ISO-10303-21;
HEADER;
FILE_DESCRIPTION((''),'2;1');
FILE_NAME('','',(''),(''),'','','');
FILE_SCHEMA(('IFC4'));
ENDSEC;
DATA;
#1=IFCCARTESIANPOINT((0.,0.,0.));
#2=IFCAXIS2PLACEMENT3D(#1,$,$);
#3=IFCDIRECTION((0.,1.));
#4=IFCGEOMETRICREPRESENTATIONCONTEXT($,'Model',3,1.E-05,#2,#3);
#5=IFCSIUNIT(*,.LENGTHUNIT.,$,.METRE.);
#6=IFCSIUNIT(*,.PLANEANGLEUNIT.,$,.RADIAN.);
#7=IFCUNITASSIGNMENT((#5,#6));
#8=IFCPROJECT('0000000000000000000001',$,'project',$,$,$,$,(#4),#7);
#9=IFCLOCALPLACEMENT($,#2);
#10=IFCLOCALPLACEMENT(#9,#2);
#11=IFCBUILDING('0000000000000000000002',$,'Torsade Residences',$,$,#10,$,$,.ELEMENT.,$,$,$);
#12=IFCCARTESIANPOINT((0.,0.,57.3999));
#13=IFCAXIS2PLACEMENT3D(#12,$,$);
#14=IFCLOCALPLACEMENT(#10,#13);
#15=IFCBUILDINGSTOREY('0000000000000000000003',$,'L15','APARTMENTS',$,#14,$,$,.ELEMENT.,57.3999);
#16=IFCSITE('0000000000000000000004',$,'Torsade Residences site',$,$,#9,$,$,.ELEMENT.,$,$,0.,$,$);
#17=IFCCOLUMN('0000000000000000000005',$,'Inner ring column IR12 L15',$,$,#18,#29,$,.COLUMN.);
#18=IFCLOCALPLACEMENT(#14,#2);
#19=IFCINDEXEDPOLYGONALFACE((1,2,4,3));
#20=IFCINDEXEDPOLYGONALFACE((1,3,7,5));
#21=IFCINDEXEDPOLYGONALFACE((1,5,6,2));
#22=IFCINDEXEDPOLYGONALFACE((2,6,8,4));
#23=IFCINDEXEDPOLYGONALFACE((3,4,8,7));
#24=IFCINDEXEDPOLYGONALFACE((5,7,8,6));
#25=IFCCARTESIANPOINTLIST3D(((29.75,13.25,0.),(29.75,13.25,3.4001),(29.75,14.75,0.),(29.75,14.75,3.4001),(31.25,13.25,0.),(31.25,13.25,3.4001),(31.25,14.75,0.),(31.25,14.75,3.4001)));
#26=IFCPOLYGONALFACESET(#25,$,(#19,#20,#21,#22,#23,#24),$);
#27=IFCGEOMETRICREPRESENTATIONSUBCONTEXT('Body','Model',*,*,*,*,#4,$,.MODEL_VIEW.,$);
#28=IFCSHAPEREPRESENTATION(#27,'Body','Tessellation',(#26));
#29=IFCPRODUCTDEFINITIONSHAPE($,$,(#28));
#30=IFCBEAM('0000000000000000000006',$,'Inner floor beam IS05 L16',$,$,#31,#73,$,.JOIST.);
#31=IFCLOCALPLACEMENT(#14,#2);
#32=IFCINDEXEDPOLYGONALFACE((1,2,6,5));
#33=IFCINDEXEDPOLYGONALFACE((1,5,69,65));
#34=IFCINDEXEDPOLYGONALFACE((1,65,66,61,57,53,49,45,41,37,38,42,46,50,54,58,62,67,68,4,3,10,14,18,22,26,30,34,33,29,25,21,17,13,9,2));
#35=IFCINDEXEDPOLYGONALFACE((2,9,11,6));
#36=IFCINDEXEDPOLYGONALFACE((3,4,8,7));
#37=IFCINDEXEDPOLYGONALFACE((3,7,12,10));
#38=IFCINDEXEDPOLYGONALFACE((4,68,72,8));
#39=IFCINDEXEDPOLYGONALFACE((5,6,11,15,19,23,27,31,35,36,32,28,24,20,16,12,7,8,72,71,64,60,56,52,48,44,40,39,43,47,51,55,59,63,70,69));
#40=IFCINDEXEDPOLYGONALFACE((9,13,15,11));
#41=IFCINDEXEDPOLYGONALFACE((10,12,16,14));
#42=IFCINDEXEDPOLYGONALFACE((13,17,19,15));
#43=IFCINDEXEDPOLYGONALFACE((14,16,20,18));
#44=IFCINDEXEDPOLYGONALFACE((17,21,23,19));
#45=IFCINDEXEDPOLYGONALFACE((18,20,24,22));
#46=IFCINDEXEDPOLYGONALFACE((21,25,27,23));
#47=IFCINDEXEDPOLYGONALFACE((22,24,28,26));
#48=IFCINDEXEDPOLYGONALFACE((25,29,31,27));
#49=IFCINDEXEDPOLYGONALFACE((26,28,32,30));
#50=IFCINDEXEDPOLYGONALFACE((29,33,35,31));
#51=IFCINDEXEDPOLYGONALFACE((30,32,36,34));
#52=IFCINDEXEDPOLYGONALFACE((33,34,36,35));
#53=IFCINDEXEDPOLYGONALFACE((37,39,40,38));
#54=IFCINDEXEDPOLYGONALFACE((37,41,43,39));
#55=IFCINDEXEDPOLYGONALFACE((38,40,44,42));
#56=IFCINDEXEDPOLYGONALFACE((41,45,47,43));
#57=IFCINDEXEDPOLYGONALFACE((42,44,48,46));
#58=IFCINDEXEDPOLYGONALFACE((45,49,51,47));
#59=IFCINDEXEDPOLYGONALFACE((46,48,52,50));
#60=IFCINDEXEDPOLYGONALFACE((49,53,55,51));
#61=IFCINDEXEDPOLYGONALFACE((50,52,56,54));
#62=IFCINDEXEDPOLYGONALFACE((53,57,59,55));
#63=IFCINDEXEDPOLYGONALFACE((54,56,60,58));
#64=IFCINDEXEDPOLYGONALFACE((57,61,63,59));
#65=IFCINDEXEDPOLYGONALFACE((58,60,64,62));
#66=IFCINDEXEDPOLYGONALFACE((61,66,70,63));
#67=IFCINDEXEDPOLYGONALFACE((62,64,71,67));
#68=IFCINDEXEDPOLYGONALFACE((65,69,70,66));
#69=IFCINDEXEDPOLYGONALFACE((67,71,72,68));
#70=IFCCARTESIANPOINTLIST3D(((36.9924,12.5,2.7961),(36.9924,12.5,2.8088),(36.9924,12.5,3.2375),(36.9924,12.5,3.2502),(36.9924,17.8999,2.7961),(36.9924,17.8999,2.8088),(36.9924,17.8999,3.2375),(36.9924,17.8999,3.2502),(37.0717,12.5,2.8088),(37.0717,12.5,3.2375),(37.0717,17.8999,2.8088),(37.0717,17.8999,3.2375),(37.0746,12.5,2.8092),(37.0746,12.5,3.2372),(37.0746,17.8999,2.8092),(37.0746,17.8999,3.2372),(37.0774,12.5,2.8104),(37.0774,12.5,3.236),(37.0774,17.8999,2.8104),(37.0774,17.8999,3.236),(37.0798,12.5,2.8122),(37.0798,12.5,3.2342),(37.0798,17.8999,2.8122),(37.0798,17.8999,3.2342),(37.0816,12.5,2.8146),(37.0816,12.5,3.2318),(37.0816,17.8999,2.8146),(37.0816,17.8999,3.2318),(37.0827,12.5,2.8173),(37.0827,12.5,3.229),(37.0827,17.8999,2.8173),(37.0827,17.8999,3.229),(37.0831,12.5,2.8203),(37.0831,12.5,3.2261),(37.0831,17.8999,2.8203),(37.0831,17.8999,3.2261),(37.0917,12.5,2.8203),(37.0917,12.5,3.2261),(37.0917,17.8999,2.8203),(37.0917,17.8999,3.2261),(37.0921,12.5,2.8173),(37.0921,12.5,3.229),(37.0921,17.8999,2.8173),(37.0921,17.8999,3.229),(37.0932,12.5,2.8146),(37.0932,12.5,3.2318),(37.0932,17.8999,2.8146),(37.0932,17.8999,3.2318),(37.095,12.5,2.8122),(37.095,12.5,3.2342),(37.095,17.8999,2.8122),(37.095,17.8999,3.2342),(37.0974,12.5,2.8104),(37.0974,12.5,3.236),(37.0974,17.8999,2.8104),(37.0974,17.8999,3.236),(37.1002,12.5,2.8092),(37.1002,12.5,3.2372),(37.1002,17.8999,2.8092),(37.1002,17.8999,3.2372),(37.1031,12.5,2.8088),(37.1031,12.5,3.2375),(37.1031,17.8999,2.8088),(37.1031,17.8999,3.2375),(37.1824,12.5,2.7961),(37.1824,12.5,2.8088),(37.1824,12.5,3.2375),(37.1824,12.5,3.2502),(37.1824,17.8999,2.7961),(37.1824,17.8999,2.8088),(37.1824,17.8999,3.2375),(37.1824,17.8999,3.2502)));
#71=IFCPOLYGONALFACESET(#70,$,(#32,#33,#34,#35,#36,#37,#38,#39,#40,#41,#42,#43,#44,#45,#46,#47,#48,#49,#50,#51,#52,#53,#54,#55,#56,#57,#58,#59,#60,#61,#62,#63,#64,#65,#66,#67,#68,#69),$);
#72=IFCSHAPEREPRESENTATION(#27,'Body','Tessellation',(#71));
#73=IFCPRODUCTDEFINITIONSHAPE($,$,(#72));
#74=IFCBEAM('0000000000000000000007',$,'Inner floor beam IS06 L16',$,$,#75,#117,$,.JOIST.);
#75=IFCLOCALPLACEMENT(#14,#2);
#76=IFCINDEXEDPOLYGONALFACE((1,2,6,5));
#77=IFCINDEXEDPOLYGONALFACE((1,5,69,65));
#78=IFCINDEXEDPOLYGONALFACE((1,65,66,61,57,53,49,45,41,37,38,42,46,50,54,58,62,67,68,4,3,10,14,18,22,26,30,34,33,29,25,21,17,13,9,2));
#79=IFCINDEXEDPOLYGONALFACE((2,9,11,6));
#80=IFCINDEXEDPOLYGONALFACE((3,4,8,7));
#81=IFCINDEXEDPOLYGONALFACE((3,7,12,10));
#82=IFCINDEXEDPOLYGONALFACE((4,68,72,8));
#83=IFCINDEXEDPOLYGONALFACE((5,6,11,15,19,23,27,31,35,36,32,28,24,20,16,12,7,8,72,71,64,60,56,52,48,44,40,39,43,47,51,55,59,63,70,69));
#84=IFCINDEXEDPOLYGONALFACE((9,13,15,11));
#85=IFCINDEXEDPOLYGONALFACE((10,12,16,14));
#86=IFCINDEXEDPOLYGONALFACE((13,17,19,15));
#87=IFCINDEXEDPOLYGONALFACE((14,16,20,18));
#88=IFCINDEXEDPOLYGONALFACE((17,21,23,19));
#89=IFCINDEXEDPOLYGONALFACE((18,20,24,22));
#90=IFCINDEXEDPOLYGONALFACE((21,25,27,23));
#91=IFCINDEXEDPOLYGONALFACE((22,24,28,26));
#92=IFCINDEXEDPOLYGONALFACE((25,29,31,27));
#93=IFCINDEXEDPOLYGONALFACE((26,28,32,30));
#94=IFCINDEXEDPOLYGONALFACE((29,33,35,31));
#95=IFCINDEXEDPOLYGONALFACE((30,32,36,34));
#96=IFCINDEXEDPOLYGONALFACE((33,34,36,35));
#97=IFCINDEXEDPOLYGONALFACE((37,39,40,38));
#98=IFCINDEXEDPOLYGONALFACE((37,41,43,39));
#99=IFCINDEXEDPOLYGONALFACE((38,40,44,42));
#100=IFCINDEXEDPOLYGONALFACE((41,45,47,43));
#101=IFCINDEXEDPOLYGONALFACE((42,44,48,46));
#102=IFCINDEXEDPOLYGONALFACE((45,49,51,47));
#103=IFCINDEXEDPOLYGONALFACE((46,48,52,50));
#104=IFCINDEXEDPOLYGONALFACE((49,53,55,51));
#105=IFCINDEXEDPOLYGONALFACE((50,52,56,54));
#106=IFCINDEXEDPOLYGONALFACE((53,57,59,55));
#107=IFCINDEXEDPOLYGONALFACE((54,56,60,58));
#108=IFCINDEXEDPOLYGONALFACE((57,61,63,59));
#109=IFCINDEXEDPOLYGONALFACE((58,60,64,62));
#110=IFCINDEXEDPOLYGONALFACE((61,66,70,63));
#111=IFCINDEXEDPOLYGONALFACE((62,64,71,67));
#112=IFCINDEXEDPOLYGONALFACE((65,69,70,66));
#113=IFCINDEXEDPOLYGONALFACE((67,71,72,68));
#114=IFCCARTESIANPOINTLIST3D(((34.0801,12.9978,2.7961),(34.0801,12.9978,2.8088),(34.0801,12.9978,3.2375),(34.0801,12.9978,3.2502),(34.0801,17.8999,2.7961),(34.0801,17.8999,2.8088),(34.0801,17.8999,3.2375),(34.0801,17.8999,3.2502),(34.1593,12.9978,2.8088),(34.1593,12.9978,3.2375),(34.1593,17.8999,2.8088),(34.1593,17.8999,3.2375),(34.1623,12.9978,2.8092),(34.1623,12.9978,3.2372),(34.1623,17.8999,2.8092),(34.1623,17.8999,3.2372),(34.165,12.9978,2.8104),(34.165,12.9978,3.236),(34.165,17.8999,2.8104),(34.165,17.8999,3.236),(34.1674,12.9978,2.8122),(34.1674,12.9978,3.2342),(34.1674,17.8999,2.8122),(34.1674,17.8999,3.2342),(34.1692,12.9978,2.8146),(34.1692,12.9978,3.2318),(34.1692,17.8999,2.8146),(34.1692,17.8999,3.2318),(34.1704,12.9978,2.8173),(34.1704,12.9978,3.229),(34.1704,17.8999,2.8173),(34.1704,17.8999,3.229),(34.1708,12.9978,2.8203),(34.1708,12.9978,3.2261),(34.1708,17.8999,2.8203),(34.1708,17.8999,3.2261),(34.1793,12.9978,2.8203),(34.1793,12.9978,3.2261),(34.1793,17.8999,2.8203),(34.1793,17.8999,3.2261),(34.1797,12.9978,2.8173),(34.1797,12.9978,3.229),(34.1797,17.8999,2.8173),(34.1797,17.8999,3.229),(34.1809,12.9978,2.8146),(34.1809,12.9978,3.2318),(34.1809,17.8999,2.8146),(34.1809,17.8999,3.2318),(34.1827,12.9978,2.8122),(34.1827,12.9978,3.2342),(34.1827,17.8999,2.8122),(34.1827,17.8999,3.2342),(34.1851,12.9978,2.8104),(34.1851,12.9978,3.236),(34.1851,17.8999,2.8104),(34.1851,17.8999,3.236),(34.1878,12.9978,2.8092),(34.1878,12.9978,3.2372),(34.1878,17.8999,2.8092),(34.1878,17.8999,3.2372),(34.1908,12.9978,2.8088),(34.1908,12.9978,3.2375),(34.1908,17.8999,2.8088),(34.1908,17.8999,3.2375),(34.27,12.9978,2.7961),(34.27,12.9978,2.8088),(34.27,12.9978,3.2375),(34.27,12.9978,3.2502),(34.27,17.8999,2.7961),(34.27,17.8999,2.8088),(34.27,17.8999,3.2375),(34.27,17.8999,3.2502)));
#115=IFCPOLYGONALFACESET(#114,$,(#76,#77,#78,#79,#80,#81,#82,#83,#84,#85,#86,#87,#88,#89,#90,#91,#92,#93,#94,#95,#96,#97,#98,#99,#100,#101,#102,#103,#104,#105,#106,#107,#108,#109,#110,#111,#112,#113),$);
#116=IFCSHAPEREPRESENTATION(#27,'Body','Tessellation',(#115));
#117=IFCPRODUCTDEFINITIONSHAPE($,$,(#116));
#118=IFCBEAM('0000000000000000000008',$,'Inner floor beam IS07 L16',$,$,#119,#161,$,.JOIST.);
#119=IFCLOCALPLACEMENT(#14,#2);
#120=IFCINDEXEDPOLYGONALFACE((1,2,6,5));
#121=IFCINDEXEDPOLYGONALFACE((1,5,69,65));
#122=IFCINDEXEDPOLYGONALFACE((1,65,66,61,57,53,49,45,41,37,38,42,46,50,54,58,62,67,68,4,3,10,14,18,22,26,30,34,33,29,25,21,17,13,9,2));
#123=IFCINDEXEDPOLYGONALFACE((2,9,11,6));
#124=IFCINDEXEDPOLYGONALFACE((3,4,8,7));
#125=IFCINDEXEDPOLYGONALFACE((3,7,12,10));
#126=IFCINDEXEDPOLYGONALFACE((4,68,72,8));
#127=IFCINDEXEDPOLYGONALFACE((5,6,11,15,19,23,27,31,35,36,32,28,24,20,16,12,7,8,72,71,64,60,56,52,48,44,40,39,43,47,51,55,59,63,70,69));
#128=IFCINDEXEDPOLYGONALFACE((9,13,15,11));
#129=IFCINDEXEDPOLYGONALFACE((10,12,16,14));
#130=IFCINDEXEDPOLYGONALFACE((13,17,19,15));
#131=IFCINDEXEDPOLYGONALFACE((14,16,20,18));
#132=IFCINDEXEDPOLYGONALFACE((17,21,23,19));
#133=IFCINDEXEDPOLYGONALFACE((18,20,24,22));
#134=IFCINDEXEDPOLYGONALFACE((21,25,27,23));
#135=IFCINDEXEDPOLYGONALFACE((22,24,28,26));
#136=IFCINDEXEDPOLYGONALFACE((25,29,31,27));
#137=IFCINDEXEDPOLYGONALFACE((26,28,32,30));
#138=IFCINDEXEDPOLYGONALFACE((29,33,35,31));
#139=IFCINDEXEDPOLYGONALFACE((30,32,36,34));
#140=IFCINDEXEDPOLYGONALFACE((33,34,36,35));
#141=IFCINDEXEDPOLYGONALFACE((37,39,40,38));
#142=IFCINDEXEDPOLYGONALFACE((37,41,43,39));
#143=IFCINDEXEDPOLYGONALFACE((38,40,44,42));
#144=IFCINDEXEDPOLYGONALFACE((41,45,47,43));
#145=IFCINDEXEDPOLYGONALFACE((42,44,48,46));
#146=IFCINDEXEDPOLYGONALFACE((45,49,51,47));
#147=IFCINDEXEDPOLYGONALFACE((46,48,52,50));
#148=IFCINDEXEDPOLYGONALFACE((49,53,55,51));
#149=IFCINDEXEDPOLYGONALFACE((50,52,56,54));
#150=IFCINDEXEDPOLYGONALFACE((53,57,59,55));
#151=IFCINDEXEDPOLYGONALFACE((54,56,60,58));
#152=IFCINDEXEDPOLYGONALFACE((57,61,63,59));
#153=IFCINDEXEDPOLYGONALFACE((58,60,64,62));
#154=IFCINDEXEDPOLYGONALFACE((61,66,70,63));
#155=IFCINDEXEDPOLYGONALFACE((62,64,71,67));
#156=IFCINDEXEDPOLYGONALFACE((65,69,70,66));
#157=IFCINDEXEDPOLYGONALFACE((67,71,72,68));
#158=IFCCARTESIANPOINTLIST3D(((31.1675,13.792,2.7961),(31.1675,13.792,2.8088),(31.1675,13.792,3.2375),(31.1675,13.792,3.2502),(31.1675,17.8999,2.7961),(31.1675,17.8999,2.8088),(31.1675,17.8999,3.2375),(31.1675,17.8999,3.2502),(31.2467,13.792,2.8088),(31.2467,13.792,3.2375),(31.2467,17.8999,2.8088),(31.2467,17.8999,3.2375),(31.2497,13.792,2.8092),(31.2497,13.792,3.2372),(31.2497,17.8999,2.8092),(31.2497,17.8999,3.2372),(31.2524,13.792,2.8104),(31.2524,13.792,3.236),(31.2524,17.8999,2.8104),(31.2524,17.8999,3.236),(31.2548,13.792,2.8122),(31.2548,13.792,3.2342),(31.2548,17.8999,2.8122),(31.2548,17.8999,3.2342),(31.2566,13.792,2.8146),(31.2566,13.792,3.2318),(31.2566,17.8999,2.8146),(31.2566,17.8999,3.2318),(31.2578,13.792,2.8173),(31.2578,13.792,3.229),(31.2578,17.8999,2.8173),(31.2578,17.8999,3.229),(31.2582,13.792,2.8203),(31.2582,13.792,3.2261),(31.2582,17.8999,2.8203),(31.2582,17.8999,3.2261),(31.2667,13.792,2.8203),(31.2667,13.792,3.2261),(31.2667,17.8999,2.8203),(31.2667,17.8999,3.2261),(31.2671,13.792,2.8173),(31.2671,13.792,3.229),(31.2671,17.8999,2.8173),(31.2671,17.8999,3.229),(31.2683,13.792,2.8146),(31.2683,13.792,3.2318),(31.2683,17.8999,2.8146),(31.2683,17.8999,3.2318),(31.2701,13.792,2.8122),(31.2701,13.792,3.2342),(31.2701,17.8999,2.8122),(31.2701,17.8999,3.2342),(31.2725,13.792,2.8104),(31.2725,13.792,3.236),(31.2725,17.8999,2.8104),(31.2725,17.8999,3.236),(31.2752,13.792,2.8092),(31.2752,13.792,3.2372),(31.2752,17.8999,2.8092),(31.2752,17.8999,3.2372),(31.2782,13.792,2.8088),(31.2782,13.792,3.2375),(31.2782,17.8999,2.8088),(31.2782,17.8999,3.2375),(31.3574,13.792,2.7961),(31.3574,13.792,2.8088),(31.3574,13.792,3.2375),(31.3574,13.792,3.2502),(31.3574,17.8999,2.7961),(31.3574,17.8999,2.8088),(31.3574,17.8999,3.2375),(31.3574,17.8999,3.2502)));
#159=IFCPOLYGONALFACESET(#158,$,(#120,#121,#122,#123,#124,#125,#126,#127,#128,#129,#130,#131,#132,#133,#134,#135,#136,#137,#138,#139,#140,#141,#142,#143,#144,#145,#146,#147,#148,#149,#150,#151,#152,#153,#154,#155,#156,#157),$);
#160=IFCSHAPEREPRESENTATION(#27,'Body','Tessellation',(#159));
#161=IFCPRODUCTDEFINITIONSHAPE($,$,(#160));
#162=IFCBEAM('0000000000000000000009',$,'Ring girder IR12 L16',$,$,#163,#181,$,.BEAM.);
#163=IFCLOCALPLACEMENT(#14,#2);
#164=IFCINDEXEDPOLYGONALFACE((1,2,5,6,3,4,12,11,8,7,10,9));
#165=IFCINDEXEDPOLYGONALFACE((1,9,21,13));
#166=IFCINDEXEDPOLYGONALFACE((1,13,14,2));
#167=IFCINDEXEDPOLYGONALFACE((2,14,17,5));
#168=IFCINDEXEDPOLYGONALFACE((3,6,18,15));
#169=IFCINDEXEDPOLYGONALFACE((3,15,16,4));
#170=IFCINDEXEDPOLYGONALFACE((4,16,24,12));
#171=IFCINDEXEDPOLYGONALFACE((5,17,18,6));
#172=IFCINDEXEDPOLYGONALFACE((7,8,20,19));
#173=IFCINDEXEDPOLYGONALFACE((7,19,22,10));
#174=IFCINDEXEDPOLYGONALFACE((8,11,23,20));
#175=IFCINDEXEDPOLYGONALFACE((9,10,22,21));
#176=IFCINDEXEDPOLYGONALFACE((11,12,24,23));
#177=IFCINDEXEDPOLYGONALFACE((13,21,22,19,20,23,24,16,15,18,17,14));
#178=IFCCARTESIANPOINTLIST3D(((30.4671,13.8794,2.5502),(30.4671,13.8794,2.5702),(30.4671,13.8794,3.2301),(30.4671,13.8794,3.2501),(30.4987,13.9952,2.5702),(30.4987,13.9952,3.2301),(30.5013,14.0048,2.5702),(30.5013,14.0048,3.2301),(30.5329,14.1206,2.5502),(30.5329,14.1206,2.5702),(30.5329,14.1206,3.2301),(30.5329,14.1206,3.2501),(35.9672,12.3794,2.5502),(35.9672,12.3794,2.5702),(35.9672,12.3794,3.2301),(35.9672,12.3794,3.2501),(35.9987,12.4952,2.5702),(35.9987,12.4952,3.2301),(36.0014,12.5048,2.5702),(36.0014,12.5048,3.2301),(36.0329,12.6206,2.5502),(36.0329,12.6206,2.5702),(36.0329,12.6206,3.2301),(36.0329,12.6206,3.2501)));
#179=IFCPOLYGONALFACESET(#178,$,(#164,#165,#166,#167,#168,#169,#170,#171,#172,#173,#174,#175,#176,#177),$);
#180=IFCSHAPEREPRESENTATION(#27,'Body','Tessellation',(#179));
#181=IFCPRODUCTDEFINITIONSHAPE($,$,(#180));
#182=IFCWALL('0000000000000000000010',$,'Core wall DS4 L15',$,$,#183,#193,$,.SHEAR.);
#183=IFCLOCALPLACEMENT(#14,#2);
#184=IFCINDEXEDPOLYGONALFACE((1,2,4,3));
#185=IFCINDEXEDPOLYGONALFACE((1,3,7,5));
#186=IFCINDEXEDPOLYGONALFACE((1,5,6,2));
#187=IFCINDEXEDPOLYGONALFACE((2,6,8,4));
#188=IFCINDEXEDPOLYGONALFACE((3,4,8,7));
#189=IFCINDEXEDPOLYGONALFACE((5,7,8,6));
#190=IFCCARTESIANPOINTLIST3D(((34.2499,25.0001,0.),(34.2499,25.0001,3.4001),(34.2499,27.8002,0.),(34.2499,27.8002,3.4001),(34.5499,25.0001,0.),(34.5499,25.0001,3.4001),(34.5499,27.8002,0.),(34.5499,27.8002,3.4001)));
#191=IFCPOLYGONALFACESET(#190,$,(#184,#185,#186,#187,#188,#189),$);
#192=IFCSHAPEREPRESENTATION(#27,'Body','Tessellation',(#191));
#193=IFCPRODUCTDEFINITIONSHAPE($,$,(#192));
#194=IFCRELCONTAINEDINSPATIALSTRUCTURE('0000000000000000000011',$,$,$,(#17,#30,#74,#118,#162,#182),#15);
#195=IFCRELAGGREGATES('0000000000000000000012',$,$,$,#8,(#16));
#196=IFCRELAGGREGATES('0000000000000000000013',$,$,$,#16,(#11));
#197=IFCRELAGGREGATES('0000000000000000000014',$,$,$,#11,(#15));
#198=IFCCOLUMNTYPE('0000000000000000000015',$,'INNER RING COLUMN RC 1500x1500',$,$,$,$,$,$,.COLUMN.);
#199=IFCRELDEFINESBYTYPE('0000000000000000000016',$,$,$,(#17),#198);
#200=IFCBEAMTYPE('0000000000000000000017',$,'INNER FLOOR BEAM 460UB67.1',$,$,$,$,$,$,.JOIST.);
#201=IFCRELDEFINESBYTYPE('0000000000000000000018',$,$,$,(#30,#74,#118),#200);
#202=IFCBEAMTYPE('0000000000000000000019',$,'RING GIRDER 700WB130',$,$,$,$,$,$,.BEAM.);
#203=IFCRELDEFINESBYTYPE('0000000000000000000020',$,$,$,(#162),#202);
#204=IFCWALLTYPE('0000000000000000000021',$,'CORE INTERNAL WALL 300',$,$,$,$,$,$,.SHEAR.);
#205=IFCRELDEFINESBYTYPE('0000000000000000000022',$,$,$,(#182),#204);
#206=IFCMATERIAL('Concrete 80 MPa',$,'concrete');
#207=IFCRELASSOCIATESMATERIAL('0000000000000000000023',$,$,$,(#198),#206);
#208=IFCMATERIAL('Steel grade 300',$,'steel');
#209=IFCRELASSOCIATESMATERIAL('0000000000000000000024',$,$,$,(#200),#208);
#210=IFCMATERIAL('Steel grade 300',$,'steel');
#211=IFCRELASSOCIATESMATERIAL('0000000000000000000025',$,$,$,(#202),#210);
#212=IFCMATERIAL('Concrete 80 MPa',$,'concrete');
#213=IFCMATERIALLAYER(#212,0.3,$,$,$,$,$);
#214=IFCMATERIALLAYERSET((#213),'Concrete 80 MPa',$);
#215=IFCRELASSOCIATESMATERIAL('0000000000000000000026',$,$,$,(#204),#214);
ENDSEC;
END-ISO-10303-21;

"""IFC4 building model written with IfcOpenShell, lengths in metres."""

from ifc_helpers import new_model, si_unit, direction, frame, frame_2d, origin, origin_2d, place, context, subcontext, project, spatial, rectangle, i_section, extrude, material, layer, layer_set, material_profile, profile_set, type_object, element, save


model = new_model("IFC4")

# Units and contexts
model_context = context("Model", 3, precision=1e-05, world=origin(), true_north=direction((0.0, 1.0)))
body_context = subcontext(model_context, "Body", "Model", "MODEL_VIEW")
ifc_project = project(units=[si_unit("LENGTHUNIT", "METRE"), si_unit("PLANEANGLEUNIT", "RADIAN")], contexts=[model_context])

# Site, building, storey
site_placement = place(None, origin())
site = spatial("IfcSite", under=ifc_project, at=site_placement, Name="Torsade Residences site", CompositionType="ELEMENT", RefElevation=0.0)
building_placement = place(site_placement, origin())
building = spatial("IfcBuilding", under=site, at=building_placement, Name="Torsade Residences", CompositionType="ELEMENT")
storey_placement = place(building_placement, frame((0.0, 0.0, 57.3999)))
storey = spatial("IfcBuildingStorey", under=building, at=storey_placement, Name="L15", Description="APARTMENTS", CompositionType="ELEMENT", Elevation=57.3999)

# Column
ifc_material_1 = material(Name="Concrete 80 MPa", Category="concrete")
ifc_material_profile_1 = material_profile(ifc_material_1, rectangle(XDim=1.5, YDim=1.5, at=origin_2d()), Name="RC 1500x1500")
ifc_profile_set_1 = profile_set([ifc_material_profile_1], Name="Concrete 80 MPa")
column_type = type_object("IfcColumnType", Name="INNER RING COLUMN RC 1500x1500", PredefinedType="COLUMN", material=ifc_profile_set_1)
column_placement = place(storey_placement, frame((30.5, 14.0, 0.0), z_axis=(0.0, 0.0, 1.0), x_axis=(1.0, 0.0, 0.0)))
element("IfcColumn", 1, at=column_placement, inside=storey, type_object=column_type, Name="Inner ring column IR12 L15", PredefinedType="COLUMN", context=body_context, shape_type="SweptSolid", body=[
    extrude(rectangle(XDim=1.5, YDim=1.5, at=origin_2d()), origin(), (0.0, 0.0, 1.0), 3.4001),
])

# Beams
ifc_material_2 = material(Name="Steel grade 300", Category="steel")
ifc_material_profile_2 = material_profile(ifc_material_2, i_section(OverallWidth=0.1899, OverallDepth=0.4541, WebThickness=0.0085, FlangeThickness=0.0127, FilletRadius=0.0115, at=origin_2d()), Name="460UB67.1")
ifc_profile_set_2 = profile_set([ifc_material_profile_2], Name="Steel grade 300")
beam_type_1 = type_object("IfcBeamType", Name="INNER FLOOR BEAM 460UB67.1", PredefinedType="JOIST", material=ifc_profile_set_2)
beam_1_placement = place(storey_placement, frame((37.0874, 17.8999, 3.0232), z_axis=(0.0, -1.0, 0.0), x_axis=(1.0, 0.0, 0.0)))
element("IfcBeam", 2, at=beam_1_placement, inside=storey, type_object=beam_type_1, Name="Inner floor beam IS05 L16", PredefinedType="JOIST", context=body_context, shape_type="SweptSolid", body=[
    extrude(i_section(OverallWidth=0.1899, OverallDepth=0.4541, WebThickness=0.0085, FlangeThickness=0.0127, FilletRadius=0.0115, at=origin_2d()), origin(), (0.0, 0.0, 1.0), 5.3999),
])
beam_2_placement = place(storey_placement, frame((34.175, 17.8999, 3.0232), z_axis=(0.0, -1.0, 0.0), x_axis=(1.0, 0.0, 0.0)))
element("IfcBeam", 3, at=beam_2_placement, inside=storey, type_object=beam_type_1, Name="Inner floor beam IS06 L16", PredefinedType="JOIST", context=body_context, shape_type="SweptSolid", body=[
    extrude(i_section(OverallWidth=0.1899, OverallDepth=0.4541, WebThickness=0.0085, FlangeThickness=0.0127, FilletRadius=0.0115, at=origin_2d()), origin(), (0.0, 0.0, 1.0), 4.9021),
])
beam_3_placement = place(storey_placement, frame((31.2625, 17.8999, 3.0232), z_axis=(0.0, -1.0, 0.0), x_axis=(1.0, 0.0, 0.0)))
element("IfcBeam", 4, at=beam_3_placement, inside=storey, type_object=beam_type_1, Name="Inner floor beam IS07 L16", PredefinedType="JOIST", context=body_context, shape_type="SweptSolid", body=[
    extrude(i_section(OverallWidth=0.1899, OverallDepth=0.4541, WebThickness=0.0085, FlangeThickness=0.0127, FilletRadius=0.0115, at=origin_2d()), origin(), (0.0, 0.0, 1.0), 4.1079),
])
ifc_material_3 = material(Name="Steel grade 300", Category="steel")
ifc_material_profile_3 = material_profile(ifc_material_3, i_section(OverallWidth=0.25, OverallDepth=0.7, WebThickness=0.01, FlangeThickness=0.02, at=origin_2d()), Name="700WB130")
ifc_profile_set_3 = profile_set([ifc_material_profile_3], Name="Steel grade 300")
beam_type_2 = type_object("IfcBeamType", Name="RING GIRDER 700WB130", PredefinedType="BEAM", material=ifc_profile_set_3)
beam_4_placement = place(storey_placement, frame((30.5, 14.0, 2.9001), z_axis=(0.964764, -0.263117, 0.0), x_axis=(0.263117, 0.964764, 0.0)))
element("IfcBeam", 5, at=beam_4_placement, inside=storey, type_object=beam_type_2, Name="Ring girder IR12 L16", PredefinedType="BEAM", context=body_context, shape_type="SweptSolid", body=[
    extrude(i_section(OverallWidth=0.25, OverallDepth=0.7, WebThickness=0.01, FlangeThickness=0.02, at=origin_2d()), origin(), (0.0, 0.0, 1.0), 5.7009),
])

# Wall
ifc_material_4 = material(Name="Concrete 80 MPa", Category="concrete")
ifc_layer_1 = layer(ifc_material_4, 0.3)
ifc_layer_set_1 = layer_set([ifc_layer_1], Name="Concrete 80 MPa")
wall_type_1 = type_object("IfcWallType", Name="CORE INTERNAL WALL 300", PredefinedType="SHEAR", material=ifc_layer_set_1)
wall_1_placement = place(storey_placement, frame((34.3999, 27.8, 0.0), z_axis=(0.0, 0.0, 1.0), x_axis=(0.0, -1.0, 0.0)))
element("IfcWall", 6, at=wall_1_placement, inside=storey, type_object=wall_type_1, Name="Core wall DS4 L15", PredefinedType="SHEAR", context=body_context, shape_type="SweptSolid", body=[
    extrude(rectangle(XDim=2.8, YDim=0.3, at=frame_2d((1.3999, 0.0))), origin(), (0.0, 0.0, 1.0), 3.4001),
])

save(model, "model.ifc")
